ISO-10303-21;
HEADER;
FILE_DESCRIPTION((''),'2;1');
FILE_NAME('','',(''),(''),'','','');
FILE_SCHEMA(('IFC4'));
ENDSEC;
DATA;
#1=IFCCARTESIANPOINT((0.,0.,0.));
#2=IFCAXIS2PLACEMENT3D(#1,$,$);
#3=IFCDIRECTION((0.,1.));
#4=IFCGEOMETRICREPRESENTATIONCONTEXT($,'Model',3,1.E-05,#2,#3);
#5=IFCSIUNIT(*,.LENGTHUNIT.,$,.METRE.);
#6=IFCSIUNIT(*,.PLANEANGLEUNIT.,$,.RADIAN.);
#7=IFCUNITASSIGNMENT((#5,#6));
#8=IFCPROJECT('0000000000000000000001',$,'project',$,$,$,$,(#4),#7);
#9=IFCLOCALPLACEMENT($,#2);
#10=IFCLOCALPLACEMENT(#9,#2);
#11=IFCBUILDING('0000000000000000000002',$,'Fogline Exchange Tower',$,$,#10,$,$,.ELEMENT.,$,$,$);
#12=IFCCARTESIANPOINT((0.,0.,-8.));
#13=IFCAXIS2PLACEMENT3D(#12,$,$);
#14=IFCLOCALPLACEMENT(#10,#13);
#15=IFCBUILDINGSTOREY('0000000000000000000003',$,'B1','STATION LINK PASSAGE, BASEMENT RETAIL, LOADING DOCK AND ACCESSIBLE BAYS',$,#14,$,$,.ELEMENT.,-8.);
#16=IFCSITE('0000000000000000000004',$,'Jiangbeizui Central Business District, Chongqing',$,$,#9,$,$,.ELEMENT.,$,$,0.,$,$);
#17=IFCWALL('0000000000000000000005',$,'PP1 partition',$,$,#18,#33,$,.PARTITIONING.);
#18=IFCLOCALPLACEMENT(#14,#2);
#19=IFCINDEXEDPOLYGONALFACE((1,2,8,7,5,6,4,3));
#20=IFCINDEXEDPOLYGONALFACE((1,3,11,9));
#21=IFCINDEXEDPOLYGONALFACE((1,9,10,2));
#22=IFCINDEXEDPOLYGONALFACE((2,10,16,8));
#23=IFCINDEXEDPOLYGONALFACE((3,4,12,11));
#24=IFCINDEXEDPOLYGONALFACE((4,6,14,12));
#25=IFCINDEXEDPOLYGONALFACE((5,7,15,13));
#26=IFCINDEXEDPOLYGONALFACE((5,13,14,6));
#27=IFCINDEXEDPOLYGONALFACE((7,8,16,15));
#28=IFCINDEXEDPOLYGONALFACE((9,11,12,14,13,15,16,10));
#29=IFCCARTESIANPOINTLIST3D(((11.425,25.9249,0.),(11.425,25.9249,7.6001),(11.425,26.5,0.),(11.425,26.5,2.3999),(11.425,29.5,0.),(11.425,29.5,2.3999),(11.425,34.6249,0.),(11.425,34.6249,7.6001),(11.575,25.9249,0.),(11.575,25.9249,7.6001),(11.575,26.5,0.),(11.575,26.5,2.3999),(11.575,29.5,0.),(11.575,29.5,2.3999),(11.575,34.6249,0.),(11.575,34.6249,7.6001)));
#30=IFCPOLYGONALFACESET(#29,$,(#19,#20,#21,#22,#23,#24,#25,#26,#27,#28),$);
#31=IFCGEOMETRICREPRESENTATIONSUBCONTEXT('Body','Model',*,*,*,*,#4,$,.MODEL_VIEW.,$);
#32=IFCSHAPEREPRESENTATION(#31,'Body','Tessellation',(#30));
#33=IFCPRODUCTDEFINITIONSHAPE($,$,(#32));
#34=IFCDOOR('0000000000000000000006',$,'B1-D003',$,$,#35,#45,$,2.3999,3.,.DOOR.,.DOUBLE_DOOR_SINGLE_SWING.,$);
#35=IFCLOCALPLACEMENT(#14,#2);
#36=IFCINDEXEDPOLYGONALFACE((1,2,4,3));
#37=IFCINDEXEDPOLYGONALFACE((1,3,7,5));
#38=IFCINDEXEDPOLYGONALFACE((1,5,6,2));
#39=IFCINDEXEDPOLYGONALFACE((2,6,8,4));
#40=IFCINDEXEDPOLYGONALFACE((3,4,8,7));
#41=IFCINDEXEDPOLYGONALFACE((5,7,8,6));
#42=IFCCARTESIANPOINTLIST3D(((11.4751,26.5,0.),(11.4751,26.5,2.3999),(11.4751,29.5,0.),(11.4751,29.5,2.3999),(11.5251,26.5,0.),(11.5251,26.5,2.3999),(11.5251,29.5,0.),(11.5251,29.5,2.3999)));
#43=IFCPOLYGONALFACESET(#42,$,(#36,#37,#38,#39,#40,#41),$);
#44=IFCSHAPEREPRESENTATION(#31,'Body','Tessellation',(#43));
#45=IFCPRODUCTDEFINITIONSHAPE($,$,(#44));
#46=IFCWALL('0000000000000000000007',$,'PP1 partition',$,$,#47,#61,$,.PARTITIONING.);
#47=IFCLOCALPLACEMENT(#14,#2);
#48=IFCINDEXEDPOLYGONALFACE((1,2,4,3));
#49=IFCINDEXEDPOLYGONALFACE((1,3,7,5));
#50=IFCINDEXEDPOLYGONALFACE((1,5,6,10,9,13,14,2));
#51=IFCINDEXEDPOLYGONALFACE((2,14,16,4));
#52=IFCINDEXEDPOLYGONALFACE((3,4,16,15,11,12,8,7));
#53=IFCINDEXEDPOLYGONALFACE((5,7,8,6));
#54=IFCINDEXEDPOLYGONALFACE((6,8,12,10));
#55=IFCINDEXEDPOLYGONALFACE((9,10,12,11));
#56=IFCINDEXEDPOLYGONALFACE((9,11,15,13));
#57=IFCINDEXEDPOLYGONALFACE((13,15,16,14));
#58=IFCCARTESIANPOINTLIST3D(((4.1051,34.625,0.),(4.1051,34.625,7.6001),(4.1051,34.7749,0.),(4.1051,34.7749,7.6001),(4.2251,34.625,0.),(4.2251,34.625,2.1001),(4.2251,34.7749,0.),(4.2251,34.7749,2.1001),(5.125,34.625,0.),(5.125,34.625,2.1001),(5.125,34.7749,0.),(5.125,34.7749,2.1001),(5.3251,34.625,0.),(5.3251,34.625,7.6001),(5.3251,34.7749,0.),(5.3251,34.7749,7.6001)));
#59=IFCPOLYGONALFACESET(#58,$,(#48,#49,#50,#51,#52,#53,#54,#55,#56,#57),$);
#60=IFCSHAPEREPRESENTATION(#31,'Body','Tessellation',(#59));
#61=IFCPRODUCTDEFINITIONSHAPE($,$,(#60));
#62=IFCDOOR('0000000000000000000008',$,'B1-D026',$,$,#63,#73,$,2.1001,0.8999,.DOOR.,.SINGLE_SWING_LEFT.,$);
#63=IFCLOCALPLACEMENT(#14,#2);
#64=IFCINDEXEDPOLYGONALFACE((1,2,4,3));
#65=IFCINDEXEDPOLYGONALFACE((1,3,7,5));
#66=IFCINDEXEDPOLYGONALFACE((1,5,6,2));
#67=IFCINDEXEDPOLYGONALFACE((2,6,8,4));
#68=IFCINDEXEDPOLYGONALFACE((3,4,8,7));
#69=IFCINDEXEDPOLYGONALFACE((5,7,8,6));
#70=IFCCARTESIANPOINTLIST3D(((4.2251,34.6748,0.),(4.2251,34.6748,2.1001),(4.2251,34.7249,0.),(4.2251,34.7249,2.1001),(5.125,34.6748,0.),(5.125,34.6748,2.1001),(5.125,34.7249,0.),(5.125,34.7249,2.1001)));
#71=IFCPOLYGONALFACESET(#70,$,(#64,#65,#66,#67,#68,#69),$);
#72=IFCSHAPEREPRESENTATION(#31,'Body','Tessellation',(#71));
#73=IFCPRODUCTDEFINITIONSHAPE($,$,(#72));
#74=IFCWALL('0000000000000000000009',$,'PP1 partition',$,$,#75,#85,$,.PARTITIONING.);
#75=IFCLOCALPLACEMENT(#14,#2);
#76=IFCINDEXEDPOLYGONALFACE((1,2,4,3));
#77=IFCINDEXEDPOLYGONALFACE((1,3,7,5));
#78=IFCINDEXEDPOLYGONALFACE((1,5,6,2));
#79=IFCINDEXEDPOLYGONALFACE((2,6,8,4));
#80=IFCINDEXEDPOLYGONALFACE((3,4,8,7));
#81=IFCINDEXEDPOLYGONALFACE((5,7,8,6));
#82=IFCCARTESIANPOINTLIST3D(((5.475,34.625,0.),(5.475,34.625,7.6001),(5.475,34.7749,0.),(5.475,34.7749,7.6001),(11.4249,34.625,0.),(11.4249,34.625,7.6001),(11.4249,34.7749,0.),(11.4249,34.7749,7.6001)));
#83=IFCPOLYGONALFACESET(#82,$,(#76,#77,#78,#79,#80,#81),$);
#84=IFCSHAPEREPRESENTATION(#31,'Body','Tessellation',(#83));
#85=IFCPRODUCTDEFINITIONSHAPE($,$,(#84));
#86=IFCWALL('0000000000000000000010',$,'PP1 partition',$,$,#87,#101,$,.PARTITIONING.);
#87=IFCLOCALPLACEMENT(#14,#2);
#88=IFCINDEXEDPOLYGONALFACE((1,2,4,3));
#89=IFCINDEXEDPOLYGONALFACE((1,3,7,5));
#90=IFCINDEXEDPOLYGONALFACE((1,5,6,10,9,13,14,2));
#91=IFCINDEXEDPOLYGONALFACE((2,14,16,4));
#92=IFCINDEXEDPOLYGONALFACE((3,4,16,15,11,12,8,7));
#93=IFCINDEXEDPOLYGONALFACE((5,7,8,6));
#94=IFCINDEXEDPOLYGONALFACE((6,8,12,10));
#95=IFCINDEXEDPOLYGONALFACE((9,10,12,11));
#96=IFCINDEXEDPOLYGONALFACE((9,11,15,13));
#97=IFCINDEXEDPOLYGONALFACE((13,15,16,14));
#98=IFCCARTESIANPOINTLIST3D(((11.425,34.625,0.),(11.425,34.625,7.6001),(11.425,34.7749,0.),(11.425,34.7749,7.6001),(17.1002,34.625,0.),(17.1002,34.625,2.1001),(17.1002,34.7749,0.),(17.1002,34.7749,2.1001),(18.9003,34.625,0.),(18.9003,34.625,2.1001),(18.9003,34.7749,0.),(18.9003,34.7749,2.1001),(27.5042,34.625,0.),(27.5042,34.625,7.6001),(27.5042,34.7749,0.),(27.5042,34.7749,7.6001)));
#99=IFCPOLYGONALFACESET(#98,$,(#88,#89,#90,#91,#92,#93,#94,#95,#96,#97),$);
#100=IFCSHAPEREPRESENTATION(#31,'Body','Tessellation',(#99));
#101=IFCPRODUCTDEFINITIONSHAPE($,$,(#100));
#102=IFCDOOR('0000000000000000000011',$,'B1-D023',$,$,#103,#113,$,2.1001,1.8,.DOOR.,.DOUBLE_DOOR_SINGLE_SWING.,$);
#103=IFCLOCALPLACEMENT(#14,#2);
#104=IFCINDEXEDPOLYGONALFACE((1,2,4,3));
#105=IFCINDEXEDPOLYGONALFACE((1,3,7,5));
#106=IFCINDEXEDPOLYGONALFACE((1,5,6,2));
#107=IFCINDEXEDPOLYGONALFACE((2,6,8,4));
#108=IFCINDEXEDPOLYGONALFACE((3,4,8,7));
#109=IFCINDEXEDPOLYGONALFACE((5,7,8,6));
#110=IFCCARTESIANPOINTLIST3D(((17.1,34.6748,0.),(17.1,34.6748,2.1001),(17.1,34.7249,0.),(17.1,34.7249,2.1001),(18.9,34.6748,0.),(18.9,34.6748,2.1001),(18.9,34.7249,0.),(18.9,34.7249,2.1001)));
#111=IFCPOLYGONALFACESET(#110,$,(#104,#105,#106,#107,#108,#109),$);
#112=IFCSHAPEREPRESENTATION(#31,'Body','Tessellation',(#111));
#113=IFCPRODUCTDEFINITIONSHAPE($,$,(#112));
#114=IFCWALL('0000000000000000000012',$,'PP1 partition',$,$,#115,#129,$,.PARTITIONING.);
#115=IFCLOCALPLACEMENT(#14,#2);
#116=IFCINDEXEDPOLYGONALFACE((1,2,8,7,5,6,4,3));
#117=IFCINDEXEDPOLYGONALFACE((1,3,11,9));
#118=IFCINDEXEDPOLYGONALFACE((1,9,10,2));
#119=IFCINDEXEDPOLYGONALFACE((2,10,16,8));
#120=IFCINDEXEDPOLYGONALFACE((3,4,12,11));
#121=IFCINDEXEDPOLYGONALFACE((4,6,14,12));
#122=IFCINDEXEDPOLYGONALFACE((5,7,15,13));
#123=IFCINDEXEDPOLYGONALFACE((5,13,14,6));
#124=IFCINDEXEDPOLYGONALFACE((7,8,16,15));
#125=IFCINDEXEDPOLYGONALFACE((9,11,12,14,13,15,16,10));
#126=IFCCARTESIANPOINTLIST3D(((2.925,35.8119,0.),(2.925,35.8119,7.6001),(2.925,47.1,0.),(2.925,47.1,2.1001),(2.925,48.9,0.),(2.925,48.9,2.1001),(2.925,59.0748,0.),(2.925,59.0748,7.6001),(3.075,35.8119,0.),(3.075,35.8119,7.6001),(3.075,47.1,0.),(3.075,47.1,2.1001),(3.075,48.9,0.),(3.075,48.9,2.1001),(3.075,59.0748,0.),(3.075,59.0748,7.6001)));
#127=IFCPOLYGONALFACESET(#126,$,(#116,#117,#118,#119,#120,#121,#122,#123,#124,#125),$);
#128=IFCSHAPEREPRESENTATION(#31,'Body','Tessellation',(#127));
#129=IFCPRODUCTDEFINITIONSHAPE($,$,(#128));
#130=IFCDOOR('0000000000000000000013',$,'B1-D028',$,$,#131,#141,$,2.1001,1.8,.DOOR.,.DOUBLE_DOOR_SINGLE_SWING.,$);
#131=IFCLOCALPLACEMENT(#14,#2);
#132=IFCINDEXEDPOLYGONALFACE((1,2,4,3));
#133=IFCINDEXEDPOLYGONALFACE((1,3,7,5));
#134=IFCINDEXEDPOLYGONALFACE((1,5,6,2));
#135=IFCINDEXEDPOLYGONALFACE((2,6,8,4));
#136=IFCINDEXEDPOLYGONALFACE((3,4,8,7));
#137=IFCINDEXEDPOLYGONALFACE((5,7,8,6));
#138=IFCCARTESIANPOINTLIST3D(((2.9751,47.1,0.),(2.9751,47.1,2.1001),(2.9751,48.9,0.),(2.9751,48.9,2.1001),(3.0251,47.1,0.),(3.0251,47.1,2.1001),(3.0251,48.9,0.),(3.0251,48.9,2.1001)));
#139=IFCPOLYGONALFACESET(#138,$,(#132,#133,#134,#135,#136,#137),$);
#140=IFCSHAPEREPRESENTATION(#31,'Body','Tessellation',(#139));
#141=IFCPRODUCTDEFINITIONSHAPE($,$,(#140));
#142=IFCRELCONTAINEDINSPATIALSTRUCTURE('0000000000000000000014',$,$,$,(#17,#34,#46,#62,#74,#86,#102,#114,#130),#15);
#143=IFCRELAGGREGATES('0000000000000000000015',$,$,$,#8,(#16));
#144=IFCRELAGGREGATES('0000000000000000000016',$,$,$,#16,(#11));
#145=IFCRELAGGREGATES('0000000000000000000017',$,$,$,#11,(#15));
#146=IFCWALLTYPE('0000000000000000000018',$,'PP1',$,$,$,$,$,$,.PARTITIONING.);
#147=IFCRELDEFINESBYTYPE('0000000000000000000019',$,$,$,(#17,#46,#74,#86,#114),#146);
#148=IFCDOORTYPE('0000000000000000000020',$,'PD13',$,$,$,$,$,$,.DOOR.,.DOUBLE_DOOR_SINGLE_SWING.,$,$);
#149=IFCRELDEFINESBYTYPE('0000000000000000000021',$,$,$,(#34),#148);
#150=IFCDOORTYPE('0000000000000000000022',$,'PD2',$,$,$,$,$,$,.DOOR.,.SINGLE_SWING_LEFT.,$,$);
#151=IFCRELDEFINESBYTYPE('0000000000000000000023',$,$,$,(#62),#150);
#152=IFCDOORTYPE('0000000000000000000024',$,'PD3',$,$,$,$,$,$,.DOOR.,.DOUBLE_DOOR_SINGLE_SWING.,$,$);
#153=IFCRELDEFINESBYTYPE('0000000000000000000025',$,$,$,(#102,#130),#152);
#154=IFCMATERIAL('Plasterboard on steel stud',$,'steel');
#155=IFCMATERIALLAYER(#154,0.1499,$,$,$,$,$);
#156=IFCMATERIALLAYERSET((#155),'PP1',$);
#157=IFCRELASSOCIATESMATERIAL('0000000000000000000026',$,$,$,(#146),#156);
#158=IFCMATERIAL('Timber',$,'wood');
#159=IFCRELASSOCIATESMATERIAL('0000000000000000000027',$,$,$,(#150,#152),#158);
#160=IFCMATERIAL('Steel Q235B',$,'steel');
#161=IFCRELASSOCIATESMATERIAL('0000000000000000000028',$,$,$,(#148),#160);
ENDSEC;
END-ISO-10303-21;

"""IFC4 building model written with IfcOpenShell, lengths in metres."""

from ifc_helpers import new_model, si_unit, direction, frame, frame_2d, origin, place, context, subcontext, project, spatial, rectangle, extrude, material, layer, layer_set, type_object, element, fill, save


model = new_model("IFC4")

# Units and contexts
model_context = context("Model", 3, precision=1e-05, world=origin(), true_north=direction((0.0, 1.0)))
body_context = subcontext(model_context, "Body", "Model", "MODEL_VIEW")
ifc_project = project(units=[si_unit("LENGTHUNIT", "METRE"), si_unit("PLANEANGLEUNIT", "RADIAN")], contexts=[model_context])

# Site, building, storey
site_placement = place(None, origin())
site = spatial("IfcSite", under=ifc_project, at=site_placement, Name="Jiangbeizui Central Business District, Chongqing", CompositionType="ELEMENT", RefElevation=0.0)
building_placement = place(site_placement, origin())
building = spatial("IfcBuilding", under=site, at=building_placement, Name="Fogline Exchange Tower", CompositionType="ELEMENT")
storey_placement = place(building_placement, frame((0.0, 0.0, -8.0)))
storey = spatial("IfcBuildingStorey", under=building, at=storey_placement, Name="B1", Description="STATION LINK PASSAGE, BASEMENT RETAIL, LOADING DOCK AND ACCESSIBLE BAYS", CompositionType="ELEMENT", Elevation=-8.0)

# Shared definitions
ifc_material_1 = material(Name="Plasterboard on steel stud", Category="steel")
ifc_layer_1 = layer(ifc_material_1, 0.1499)
ifc_layer_set_1 = layer_set([ifc_layer_1], Name="PP1")
wall_type_1 = type_object("IfcWallType", Name="PP1", PredefinedType="PARTITIONING", material=ifc_layer_set_1)

# Walls, openings, doors
ifc_material_2 = material(Name="Timber", Category="wood")
door_type_1 = type_object("IfcDoorType", Name="PD2", OperationType="SINGLE_SWING_LEFT", PredefinedType="DOOR", material=ifc_material_2)
wall_1_placement = place(storey_placement, frame((11.5, 34.625, 0.0), z_axis=(0.0, 0.0, 1.0), x_axis=(0.0, -1.0, 0.0)))
wall_1 = element("IfcWall", 1, at=wall_1_placement, inside=storey, type_object=wall_type_1, Name="PP1 partition", PredefinedType="PARTITIONING", context=body_context, shape_type="SweptSolid", body=[
    extrude(rectangle(XDim=8.7, YDim=0.1499, at=frame_2d((4.3501, 0.0))), origin(), (0.0, 0.0, 1.0), 7.6001),
])
opening_1_placement = place(wall_1_placement, frame((5.125, 0.0, 0.0)))
opening_1 = element("IfcOpeningElement", 2, at=opening_1_placement, cuts=wall_1, PredefinedType="OPENING", context=body_context, shape_type="SweptSolid", body=[
    extrude(rectangle(XDim=3.0, YDim=2.3999, at=frame_2d((1.5, 1.2))), frame((0.0, 0.085, 0.0), z_axis=(0.0, -1.0, 0.0), x_axis=(1.0, 0.0, 0.0)), (0.0, 0.0, 1.0), 0.1699),
])
ifc_material_3 = material(Name="Steel Q235B", Category="steel")
door_type_2 = type_object("IfcDoorType", Name="PD13", OperationType="DOUBLE_DOOR_SINGLE_SWING", PredefinedType="DOOR", material=ifc_material_3)
door_1_placement = place(opening_1_placement, frame((3.0, 0.0, 0.0), z_axis=(0.0, 0.0, 1.0), x_axis=(-1.0, 0.0, 0.0)))
door_1 = element("IfcDoor", 3, at=door_1_placement, inside=storey, type_object=door_type_2, Name="B1-D003", OperationType="DOUBLE_DOOR_SINGLE_SWING", OverallHeight=2.3999, OverallWidth=3.0, PredefinedType="DOOR", context=body_context, shape_type="SweptSolid", body=[
    extrude(rectangle(XDim=3.0, YDim=2.3999, at=frame_2d((1.5, 1.2))), frame((0.0, 0.0249, 0.0), z_axis=(0.0, -1.0, 0.0), x_axis=(1.0, 0.0, 0.0)), (0.0, 0.0, 1.0), 0.05),
])
fill(opening_1, door_1)
wall_2_placement = place(storey_placement, frame((5.325, 34.7, 0.0), z_axis=(0.0, 0.0, 1.0), x_axis=(-1.0, 0.0, 0.0)))
wall_2 = element("IfcWall", 4, at=wall_2_placement, inside=storey, type_object=wall_type_1, Name="PP1 partition", PredefinedType="PARTITIONING", context=body_context, shape_type="SweptSolid", body=[
    extrude(rectangle(XDim=1.22, YDim=0.1499, at=frame_2d((0.6099, 0.0))), origin(), (0.0, 0.0, 1.0), 7.6001),
])
opening_2_placement = place(wall_2_placement, frame((0.2, 0.0, 0.0)))
opening_2 = element("IfcOpeningElement", 5, at=opening_2_placement, cuts=wall_2, PredefinedType="OPENING", context=body_context, shape_type="SweptSolid", body=[
    extrude(rectangle(XDim=0.8999, YDim=2.1001, at=frame_2d((0.45, 1.05))), frame((0.0, 0.085, 0.0), z_axis=(0.0, -1.0, 0.0), x_axis=(1.0, 0.0, 0.0)), (0.0, 0.0, 1.0), 0.1699),
])
door_2_placement = place(opening_2_placement, frame((0.8999, 0.0, 0.0), z_axis=(0.0, 0.0, 1.0), x_axis=(-1.0, 0.0, 0.0)))
door_2 = element("IfcDoor", 6, at=door_2_placement, inside=storey, type_object=door_type_1, Name="B1-D026", OperationType="SINGLE_SWING_LEFT", OverallHeight=2.1001, OverallWidth=0.8999, PredefinedType="DOOR", context=body_context, shape_type="SweptSolid", body=[
    extrude(rectangle(XDim=0.8999, YDim=2.1001, at=frame_2d((0.45, 1.05))), frame((0.0, 0.0249, 0.0), z_axis=(0.0, -1.0, 0.0), x_axis=(1.0, 0.0, 0.0)), (0.0, 0.0, 1.0), 0.05),
])
fill(opening_2, door_2)

# Wall
wall_3_placement = place(storey_placement, frame((11.425, 34.7, 0.0), z_axis=(0.0, 0.0, 1.0), x_axis=(-1.0, 0.0, 0.0)))
element("IfcWall", 7, at=wall_3_placement, inside=storey, type_object=wall_type_1, Name="PP1 partition", PredefinedType="PARTITIONING", context=body_context, shape_type="SweptSolid", body=[
    extrude(rectangle(XDim=5.95, YDim=0.1499, at=frame_2d((2.9751, 0.0))), origin(), (0.0, 0.0, 1.0), 7.6001),
])

# Walls, openings, doors
wall_4_placement = place(storey_placement, frame((27.5042, 34.7, 0.0), z_axis=(0.0, 0.0, 1.0), x_axis=(-1.0, 0.0, 0.0)))
wall_4 = element("IfcWall", 8, at=wall_4_placement, inside=storey, type_object=wall_type_1, Name="PP1 partition", PredefinedType="PARTITIONING", context=body_context, shape_type="SweptSolid", body=[
    extrude(rectangle(XDim=16.0791, YDim=0.1499, at=frame_2d((8.0396, 0.0))), origin(), (0.0, 0.0, 1.0), 7.6001),
])
opening_3_placement = place(wall_4_placement, frame((8.604, 0.0, 0.0)))
opening_3 = element("IfcOpeningElement", 9, at=opening_3_placement, cuts=wall_4, PredefinedType="OPENING", context=body_context, shape_type="SweptSolid", body=[
    extrude(rectangle(XDim=1.8, YDim=2.1001, at=frame_2d((0.8999, 1.05))), frame((0.0, 0.085, 0.0), z_axis=(0.0, -1.0, 0.0), x_axis=(1.0, 0.0, 0.0)), (0.0, 0.0, 1.0), 0.1699),
])
door_type_3 = type_object("IfcDoorType", Name="PD3", OperationType="DOUBLE_DOOR_SINGLE_SWING", PredefinedType="DOOR", material=ifc_material_2)
door_3_placement = place(opening_3_placement, frame((1.8, 0.0, 0.0), z_axis=(0.0, 0.0, 1.0), x_axis=(-1.0, 0.0, 0.0)))
door_3 = element("IfcDoor", 10, at=door_3_placement, inside=storey, type_object=door_type_3, Name="B1-D023", OperationType="DOUBLE_DOOR_SINGLE_SWING", OverallHeight=2.1001, OverallWidth=1.8, PredefinedType="DOOR", context=body_context, shape_type="SweptSolid", body=[
    extrude(rectangle(XDim=1.8, YDim=2.1001, at=frame_2d((0.8999, 1.05))), frame((0.0, 0.0249, 0.0), z_axis=(0.0, -1.0, 0.0), x_axis=(1.0, 0.0, 0.0)), (0.0, 0.0, 1.0), 0.05),
])
fill(opening_3, door_3)
wall_5_placement = place(storey_placement, frame((3.0, 35.812, 0.0), z_axis=(0.0, 0.0, 1.0), x_axis=(0.0, 1.0, 0.0)))
wall_5 = element("IfcWall", 11, at=wall_5_placement, inside=storey, type_object=wall_type_1, Name="PP1 partition", PredefinedType="PARTITIONING", context=body_context, shape_type="SweptSolid", body=[
    extrude(rectangle(XDim=23.2629, YDim=0.1499, at=frame_2d((11.6313, 0.0))), origin(), (0.0, 0.0, 1.0), 7.6001),
])
opening_4_placement = place(wall_5_placement, frame((11.2881, 0.0, 0.0)))
opening_4 = element("IfcOpeningElement", 12, at=opening_4_placement, cuts=wall_5, PredefinedType="OPENING", context=body_context, shape_type="SweptSolid", body=[
    extrude(rectangle(XDim=1.8, YDim=2.1001, at=frame_2d((0.8999, 1.05))), frame((0.0, 0.085, 0.0), z_axis=(0.0, -1.0, 0.0), x_axis=(1.0, 0.0, 0.0)), (0.0, 0.0, 1.0), 0.1699),
])
door_4_placement = place(opening_4_placement, origin())
door_4 = element("IfcDoor", 13, at=door_4_placement, inside=storey, type_object=door_type_3, Name="B1-D028", OperationType="DOUBLE_DOOR_SINGLE_SWING", OverallHeight=2.1001, OverallWidth=1.8, PredefinedType="DOOR", context=body_context, shape_type="SweptSolid", body=[
    extrude(rectangle(XDim=1.8, YDim=2.1001, at=frame_2d((0.8999, 1.05))), frame((0.0, 0.0249, 0.0), z_axis=(0.0, -1.0, 0.0), x_axis=(1.0, 0.0, 0.0)), (0.0, 0.0, 1.0), 0.05),
])
fill(opening_4, door_4)

save(model, "model.ifc")
